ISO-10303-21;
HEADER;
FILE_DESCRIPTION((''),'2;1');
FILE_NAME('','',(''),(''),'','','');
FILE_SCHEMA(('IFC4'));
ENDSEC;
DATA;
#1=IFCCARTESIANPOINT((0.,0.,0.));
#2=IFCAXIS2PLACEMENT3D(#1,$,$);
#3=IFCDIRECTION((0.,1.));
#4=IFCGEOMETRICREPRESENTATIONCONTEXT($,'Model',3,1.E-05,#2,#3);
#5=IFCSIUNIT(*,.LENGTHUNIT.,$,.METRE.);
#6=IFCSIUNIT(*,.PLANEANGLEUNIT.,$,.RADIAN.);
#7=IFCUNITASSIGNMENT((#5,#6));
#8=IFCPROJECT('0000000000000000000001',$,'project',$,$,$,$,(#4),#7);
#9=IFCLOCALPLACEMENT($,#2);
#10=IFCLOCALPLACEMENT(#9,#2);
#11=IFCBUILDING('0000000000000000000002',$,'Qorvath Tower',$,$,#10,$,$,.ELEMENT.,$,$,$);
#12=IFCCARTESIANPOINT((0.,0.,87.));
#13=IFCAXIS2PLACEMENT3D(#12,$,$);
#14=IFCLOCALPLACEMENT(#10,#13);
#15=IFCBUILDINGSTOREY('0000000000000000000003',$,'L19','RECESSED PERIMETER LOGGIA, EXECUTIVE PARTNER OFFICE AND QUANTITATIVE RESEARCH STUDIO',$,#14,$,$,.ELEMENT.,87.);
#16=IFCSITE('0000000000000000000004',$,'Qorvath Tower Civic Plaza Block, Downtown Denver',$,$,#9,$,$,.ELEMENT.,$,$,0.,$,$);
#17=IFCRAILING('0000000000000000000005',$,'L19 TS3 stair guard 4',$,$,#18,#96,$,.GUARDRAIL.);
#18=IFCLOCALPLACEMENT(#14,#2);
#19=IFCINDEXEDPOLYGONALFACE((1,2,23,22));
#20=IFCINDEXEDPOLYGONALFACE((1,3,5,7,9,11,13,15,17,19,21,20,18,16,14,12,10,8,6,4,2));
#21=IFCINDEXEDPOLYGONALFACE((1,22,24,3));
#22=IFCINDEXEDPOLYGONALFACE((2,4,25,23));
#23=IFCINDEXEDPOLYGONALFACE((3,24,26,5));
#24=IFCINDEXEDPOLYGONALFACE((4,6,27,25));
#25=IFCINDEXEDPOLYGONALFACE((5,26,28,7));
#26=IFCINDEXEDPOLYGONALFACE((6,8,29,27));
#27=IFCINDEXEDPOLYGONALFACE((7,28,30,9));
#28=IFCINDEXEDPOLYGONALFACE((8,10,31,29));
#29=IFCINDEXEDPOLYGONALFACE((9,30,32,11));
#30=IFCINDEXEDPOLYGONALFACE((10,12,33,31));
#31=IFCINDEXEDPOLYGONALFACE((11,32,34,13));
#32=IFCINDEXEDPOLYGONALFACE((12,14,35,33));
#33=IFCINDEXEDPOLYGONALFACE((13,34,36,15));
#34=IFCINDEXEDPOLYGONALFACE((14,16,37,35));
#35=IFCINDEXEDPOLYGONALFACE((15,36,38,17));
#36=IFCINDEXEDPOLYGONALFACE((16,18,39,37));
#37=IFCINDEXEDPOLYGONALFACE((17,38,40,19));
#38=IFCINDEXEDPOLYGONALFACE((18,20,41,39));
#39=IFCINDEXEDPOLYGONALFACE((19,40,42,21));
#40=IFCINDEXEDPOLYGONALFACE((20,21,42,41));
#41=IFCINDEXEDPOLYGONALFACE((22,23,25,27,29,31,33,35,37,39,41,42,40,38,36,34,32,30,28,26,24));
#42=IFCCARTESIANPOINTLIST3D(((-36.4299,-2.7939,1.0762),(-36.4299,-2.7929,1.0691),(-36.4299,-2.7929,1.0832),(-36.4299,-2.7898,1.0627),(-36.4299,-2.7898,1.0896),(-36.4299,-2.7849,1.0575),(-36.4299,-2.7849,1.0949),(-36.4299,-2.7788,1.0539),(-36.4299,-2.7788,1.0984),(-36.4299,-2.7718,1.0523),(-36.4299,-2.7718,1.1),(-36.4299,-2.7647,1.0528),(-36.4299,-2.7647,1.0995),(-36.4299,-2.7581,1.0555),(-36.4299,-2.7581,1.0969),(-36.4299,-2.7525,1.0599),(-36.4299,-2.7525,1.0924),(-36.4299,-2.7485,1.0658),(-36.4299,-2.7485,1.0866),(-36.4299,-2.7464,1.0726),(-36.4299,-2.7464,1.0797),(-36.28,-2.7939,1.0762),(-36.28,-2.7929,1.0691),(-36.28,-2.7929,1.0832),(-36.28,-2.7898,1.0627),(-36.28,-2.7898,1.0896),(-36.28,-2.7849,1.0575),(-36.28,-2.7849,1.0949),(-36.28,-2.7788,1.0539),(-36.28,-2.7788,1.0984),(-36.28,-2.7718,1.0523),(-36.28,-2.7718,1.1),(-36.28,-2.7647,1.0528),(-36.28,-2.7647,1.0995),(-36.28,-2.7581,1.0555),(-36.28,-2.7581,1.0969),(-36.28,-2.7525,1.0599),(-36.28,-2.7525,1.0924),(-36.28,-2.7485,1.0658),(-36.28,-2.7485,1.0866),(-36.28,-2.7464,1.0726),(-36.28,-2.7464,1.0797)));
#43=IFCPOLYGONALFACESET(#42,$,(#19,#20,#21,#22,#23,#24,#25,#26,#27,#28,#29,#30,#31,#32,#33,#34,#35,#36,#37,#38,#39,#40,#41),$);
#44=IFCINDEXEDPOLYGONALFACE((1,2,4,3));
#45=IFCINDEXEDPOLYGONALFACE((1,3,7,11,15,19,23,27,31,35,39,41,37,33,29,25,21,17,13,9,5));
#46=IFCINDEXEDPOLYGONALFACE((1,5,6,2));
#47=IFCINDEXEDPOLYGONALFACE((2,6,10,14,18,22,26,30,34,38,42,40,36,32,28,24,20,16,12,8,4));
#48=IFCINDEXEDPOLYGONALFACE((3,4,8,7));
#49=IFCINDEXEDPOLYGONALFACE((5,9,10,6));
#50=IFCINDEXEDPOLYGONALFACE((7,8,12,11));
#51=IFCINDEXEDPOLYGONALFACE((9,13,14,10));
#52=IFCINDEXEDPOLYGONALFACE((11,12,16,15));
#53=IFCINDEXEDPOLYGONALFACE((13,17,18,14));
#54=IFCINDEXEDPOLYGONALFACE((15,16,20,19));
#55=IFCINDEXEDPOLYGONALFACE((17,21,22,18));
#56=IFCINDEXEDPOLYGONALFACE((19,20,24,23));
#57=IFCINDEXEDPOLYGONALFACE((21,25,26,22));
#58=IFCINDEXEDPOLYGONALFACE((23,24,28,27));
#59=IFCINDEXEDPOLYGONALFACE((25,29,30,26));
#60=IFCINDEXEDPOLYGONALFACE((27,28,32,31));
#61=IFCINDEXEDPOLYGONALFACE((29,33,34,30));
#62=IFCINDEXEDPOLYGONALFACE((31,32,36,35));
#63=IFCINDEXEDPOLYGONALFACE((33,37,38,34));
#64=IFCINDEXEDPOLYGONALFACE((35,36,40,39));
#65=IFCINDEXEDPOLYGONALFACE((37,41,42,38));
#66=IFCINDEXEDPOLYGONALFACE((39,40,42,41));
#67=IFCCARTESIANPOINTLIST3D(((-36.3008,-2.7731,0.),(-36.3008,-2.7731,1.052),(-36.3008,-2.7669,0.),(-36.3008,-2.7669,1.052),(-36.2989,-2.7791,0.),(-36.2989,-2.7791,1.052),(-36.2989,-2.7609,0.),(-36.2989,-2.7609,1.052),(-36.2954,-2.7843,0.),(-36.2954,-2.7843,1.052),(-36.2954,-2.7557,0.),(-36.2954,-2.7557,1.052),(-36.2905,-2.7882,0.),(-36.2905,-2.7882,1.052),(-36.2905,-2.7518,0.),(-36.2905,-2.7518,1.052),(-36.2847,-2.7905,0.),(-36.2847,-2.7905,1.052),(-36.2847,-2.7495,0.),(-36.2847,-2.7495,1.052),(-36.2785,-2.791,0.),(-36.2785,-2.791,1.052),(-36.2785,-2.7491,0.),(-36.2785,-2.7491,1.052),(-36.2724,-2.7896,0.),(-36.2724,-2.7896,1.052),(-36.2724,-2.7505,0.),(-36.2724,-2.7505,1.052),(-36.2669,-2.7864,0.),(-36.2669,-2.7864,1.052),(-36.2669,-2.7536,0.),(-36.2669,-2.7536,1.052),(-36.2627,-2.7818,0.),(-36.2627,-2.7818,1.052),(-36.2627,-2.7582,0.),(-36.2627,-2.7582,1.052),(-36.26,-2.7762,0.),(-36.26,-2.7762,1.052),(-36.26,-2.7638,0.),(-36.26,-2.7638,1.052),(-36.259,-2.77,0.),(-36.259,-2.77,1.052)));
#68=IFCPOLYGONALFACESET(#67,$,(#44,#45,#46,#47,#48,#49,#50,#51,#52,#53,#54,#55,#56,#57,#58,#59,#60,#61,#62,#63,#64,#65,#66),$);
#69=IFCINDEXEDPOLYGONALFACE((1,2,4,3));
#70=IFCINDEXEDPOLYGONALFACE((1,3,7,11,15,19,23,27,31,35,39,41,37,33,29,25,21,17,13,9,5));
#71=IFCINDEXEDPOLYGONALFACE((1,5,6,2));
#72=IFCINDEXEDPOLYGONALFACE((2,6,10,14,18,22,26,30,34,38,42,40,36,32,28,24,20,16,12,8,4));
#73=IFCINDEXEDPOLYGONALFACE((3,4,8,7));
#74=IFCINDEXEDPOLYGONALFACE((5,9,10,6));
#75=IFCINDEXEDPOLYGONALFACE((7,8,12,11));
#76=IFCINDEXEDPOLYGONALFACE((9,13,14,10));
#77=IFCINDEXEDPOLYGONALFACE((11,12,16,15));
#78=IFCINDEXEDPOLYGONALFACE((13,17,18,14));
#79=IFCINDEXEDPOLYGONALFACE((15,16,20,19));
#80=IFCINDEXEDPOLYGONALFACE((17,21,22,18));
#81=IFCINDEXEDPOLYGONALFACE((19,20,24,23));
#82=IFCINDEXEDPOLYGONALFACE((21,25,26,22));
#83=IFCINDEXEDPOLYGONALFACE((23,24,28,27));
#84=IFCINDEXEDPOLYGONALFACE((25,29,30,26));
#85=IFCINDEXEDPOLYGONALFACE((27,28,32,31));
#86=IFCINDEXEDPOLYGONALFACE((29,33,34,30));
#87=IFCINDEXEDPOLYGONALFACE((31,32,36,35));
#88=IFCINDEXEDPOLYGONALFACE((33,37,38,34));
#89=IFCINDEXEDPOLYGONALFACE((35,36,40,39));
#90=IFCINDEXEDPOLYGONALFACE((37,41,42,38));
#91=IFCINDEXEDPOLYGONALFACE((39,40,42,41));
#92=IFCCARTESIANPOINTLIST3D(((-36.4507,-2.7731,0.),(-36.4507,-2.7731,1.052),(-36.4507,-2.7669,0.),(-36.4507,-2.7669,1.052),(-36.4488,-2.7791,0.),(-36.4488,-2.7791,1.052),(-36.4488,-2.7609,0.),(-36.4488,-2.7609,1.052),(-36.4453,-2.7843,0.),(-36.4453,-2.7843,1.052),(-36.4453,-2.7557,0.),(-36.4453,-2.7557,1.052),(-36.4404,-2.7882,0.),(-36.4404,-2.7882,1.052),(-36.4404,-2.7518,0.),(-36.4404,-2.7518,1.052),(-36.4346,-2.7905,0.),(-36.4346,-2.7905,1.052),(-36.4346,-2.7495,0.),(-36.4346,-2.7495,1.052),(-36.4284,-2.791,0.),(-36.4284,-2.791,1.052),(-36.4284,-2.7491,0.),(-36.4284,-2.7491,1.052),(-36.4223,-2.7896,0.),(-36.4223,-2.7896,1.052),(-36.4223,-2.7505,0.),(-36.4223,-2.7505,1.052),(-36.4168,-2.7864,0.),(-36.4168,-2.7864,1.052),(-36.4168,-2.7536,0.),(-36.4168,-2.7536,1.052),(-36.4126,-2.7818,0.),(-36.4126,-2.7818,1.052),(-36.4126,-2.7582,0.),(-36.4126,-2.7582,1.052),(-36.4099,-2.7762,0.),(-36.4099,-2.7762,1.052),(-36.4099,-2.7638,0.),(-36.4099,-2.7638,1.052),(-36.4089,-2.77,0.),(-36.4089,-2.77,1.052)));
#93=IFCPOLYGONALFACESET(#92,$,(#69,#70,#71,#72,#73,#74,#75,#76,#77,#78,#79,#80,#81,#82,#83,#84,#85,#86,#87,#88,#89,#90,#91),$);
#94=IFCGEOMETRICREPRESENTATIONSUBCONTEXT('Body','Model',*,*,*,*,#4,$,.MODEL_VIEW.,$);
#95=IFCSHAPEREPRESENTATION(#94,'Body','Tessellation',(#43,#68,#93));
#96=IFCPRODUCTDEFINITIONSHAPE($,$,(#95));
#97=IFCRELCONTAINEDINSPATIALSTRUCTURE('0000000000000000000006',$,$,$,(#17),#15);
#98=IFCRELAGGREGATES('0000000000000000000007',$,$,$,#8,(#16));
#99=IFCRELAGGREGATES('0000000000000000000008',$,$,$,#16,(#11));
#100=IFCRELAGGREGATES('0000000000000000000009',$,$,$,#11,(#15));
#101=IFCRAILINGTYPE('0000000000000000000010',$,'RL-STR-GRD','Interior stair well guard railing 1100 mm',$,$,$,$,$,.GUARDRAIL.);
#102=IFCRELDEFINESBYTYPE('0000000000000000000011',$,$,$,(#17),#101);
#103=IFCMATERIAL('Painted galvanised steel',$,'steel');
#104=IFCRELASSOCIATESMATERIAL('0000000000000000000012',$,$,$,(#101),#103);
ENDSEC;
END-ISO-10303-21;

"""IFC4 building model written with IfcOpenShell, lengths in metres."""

from ifc_helpers import new_model, si_unit, direction, frame, origin, origin_2d, place, context, subcontext, project, spatial, circle, extrude, material, type_object, element, save


model = new_model("IFC4")

# Units and contexts
model_context = context("Model", 3, precision=1e-05, world=origin(), true_north=direction((0.0, 1.0)))
body_context = subcontext(model_context, "Body", "Model", "MODEL_VIEW")
ifc_project = project(units=[si_unit("LENGTHUNIT", "METRE"), si_unit("PLANEANGLEUNIT", "RADIAN")], contexts=[model_context])

# Site, building, storey
site_placement = place(None, origin())
site = spatial("IfcSite", under=ifc_project, at=site_placement, Name="Qorvath Tower Civic Plaza Block, Downtown Denver", CompositionType="ELEMENT", RefElevation=0.0)
building_placement = place(site_placement, origin())
building = spatial("IfcBuilding", under=site, at=building_placement, Name="Qorvath Tower", CompositionType="ELEMENT")
storey_placement = place(building_placement, frame((0.0, 0.0, 87.0)))
storey = spatial("IfcBuildingStorey", under=building, at=storey_placement, Name="L19", Description="RECESSED PERIMETER LOGGIA, EXECUTIVE PARTNER OFFICE AND QUANTITATIVE RESEARCH STUDIO", CompositionType="ELEMENT", Elevation=87.0)

# Railing
ifc_material_1 = material(Name="Painted galvanised steel", Category="steel")
railing_type_1 = type_object("IfcRailingType", Name="RL-STR-GRD", Description="Interior stair well guard railing 1100 mm", PredefinedType="GUARDRAIL", material=ifc_material_1)
railing_1_placement = place(storey_placement, frame((-36.28, -2.77, 0.0)))
element("IfcRailing", 1, at=railing_1_placement, inside=storey, type_object=railing_type_1, Name="L19 TS3 stair guard 4", PredefinedType="GUARDRAIL", context=body_context, shape_type="SweptSolid", body=[
    extrude(circle(Radius=0.0239, at=origin_2d()), frame((0.0, 0.0, 1.0762), z_axis=(-1.0, 0.0, 0.0), x_axis=(0.0, -1.0, 0.0)), (0.0, 0.0, 1.0), 0.1499),
    extrude(circle(Radius=0.021, at=origin_2d()), origin(), (0.0, 0.0, 1.0), 1.052),
    extrude(circle(Radius=0.021, at=origin_2d()), frame((-0.1499, 0.0, 0.0)), (0.0, 0.0, 1.0), 1.052),
])

save(model, "model.ifc")
